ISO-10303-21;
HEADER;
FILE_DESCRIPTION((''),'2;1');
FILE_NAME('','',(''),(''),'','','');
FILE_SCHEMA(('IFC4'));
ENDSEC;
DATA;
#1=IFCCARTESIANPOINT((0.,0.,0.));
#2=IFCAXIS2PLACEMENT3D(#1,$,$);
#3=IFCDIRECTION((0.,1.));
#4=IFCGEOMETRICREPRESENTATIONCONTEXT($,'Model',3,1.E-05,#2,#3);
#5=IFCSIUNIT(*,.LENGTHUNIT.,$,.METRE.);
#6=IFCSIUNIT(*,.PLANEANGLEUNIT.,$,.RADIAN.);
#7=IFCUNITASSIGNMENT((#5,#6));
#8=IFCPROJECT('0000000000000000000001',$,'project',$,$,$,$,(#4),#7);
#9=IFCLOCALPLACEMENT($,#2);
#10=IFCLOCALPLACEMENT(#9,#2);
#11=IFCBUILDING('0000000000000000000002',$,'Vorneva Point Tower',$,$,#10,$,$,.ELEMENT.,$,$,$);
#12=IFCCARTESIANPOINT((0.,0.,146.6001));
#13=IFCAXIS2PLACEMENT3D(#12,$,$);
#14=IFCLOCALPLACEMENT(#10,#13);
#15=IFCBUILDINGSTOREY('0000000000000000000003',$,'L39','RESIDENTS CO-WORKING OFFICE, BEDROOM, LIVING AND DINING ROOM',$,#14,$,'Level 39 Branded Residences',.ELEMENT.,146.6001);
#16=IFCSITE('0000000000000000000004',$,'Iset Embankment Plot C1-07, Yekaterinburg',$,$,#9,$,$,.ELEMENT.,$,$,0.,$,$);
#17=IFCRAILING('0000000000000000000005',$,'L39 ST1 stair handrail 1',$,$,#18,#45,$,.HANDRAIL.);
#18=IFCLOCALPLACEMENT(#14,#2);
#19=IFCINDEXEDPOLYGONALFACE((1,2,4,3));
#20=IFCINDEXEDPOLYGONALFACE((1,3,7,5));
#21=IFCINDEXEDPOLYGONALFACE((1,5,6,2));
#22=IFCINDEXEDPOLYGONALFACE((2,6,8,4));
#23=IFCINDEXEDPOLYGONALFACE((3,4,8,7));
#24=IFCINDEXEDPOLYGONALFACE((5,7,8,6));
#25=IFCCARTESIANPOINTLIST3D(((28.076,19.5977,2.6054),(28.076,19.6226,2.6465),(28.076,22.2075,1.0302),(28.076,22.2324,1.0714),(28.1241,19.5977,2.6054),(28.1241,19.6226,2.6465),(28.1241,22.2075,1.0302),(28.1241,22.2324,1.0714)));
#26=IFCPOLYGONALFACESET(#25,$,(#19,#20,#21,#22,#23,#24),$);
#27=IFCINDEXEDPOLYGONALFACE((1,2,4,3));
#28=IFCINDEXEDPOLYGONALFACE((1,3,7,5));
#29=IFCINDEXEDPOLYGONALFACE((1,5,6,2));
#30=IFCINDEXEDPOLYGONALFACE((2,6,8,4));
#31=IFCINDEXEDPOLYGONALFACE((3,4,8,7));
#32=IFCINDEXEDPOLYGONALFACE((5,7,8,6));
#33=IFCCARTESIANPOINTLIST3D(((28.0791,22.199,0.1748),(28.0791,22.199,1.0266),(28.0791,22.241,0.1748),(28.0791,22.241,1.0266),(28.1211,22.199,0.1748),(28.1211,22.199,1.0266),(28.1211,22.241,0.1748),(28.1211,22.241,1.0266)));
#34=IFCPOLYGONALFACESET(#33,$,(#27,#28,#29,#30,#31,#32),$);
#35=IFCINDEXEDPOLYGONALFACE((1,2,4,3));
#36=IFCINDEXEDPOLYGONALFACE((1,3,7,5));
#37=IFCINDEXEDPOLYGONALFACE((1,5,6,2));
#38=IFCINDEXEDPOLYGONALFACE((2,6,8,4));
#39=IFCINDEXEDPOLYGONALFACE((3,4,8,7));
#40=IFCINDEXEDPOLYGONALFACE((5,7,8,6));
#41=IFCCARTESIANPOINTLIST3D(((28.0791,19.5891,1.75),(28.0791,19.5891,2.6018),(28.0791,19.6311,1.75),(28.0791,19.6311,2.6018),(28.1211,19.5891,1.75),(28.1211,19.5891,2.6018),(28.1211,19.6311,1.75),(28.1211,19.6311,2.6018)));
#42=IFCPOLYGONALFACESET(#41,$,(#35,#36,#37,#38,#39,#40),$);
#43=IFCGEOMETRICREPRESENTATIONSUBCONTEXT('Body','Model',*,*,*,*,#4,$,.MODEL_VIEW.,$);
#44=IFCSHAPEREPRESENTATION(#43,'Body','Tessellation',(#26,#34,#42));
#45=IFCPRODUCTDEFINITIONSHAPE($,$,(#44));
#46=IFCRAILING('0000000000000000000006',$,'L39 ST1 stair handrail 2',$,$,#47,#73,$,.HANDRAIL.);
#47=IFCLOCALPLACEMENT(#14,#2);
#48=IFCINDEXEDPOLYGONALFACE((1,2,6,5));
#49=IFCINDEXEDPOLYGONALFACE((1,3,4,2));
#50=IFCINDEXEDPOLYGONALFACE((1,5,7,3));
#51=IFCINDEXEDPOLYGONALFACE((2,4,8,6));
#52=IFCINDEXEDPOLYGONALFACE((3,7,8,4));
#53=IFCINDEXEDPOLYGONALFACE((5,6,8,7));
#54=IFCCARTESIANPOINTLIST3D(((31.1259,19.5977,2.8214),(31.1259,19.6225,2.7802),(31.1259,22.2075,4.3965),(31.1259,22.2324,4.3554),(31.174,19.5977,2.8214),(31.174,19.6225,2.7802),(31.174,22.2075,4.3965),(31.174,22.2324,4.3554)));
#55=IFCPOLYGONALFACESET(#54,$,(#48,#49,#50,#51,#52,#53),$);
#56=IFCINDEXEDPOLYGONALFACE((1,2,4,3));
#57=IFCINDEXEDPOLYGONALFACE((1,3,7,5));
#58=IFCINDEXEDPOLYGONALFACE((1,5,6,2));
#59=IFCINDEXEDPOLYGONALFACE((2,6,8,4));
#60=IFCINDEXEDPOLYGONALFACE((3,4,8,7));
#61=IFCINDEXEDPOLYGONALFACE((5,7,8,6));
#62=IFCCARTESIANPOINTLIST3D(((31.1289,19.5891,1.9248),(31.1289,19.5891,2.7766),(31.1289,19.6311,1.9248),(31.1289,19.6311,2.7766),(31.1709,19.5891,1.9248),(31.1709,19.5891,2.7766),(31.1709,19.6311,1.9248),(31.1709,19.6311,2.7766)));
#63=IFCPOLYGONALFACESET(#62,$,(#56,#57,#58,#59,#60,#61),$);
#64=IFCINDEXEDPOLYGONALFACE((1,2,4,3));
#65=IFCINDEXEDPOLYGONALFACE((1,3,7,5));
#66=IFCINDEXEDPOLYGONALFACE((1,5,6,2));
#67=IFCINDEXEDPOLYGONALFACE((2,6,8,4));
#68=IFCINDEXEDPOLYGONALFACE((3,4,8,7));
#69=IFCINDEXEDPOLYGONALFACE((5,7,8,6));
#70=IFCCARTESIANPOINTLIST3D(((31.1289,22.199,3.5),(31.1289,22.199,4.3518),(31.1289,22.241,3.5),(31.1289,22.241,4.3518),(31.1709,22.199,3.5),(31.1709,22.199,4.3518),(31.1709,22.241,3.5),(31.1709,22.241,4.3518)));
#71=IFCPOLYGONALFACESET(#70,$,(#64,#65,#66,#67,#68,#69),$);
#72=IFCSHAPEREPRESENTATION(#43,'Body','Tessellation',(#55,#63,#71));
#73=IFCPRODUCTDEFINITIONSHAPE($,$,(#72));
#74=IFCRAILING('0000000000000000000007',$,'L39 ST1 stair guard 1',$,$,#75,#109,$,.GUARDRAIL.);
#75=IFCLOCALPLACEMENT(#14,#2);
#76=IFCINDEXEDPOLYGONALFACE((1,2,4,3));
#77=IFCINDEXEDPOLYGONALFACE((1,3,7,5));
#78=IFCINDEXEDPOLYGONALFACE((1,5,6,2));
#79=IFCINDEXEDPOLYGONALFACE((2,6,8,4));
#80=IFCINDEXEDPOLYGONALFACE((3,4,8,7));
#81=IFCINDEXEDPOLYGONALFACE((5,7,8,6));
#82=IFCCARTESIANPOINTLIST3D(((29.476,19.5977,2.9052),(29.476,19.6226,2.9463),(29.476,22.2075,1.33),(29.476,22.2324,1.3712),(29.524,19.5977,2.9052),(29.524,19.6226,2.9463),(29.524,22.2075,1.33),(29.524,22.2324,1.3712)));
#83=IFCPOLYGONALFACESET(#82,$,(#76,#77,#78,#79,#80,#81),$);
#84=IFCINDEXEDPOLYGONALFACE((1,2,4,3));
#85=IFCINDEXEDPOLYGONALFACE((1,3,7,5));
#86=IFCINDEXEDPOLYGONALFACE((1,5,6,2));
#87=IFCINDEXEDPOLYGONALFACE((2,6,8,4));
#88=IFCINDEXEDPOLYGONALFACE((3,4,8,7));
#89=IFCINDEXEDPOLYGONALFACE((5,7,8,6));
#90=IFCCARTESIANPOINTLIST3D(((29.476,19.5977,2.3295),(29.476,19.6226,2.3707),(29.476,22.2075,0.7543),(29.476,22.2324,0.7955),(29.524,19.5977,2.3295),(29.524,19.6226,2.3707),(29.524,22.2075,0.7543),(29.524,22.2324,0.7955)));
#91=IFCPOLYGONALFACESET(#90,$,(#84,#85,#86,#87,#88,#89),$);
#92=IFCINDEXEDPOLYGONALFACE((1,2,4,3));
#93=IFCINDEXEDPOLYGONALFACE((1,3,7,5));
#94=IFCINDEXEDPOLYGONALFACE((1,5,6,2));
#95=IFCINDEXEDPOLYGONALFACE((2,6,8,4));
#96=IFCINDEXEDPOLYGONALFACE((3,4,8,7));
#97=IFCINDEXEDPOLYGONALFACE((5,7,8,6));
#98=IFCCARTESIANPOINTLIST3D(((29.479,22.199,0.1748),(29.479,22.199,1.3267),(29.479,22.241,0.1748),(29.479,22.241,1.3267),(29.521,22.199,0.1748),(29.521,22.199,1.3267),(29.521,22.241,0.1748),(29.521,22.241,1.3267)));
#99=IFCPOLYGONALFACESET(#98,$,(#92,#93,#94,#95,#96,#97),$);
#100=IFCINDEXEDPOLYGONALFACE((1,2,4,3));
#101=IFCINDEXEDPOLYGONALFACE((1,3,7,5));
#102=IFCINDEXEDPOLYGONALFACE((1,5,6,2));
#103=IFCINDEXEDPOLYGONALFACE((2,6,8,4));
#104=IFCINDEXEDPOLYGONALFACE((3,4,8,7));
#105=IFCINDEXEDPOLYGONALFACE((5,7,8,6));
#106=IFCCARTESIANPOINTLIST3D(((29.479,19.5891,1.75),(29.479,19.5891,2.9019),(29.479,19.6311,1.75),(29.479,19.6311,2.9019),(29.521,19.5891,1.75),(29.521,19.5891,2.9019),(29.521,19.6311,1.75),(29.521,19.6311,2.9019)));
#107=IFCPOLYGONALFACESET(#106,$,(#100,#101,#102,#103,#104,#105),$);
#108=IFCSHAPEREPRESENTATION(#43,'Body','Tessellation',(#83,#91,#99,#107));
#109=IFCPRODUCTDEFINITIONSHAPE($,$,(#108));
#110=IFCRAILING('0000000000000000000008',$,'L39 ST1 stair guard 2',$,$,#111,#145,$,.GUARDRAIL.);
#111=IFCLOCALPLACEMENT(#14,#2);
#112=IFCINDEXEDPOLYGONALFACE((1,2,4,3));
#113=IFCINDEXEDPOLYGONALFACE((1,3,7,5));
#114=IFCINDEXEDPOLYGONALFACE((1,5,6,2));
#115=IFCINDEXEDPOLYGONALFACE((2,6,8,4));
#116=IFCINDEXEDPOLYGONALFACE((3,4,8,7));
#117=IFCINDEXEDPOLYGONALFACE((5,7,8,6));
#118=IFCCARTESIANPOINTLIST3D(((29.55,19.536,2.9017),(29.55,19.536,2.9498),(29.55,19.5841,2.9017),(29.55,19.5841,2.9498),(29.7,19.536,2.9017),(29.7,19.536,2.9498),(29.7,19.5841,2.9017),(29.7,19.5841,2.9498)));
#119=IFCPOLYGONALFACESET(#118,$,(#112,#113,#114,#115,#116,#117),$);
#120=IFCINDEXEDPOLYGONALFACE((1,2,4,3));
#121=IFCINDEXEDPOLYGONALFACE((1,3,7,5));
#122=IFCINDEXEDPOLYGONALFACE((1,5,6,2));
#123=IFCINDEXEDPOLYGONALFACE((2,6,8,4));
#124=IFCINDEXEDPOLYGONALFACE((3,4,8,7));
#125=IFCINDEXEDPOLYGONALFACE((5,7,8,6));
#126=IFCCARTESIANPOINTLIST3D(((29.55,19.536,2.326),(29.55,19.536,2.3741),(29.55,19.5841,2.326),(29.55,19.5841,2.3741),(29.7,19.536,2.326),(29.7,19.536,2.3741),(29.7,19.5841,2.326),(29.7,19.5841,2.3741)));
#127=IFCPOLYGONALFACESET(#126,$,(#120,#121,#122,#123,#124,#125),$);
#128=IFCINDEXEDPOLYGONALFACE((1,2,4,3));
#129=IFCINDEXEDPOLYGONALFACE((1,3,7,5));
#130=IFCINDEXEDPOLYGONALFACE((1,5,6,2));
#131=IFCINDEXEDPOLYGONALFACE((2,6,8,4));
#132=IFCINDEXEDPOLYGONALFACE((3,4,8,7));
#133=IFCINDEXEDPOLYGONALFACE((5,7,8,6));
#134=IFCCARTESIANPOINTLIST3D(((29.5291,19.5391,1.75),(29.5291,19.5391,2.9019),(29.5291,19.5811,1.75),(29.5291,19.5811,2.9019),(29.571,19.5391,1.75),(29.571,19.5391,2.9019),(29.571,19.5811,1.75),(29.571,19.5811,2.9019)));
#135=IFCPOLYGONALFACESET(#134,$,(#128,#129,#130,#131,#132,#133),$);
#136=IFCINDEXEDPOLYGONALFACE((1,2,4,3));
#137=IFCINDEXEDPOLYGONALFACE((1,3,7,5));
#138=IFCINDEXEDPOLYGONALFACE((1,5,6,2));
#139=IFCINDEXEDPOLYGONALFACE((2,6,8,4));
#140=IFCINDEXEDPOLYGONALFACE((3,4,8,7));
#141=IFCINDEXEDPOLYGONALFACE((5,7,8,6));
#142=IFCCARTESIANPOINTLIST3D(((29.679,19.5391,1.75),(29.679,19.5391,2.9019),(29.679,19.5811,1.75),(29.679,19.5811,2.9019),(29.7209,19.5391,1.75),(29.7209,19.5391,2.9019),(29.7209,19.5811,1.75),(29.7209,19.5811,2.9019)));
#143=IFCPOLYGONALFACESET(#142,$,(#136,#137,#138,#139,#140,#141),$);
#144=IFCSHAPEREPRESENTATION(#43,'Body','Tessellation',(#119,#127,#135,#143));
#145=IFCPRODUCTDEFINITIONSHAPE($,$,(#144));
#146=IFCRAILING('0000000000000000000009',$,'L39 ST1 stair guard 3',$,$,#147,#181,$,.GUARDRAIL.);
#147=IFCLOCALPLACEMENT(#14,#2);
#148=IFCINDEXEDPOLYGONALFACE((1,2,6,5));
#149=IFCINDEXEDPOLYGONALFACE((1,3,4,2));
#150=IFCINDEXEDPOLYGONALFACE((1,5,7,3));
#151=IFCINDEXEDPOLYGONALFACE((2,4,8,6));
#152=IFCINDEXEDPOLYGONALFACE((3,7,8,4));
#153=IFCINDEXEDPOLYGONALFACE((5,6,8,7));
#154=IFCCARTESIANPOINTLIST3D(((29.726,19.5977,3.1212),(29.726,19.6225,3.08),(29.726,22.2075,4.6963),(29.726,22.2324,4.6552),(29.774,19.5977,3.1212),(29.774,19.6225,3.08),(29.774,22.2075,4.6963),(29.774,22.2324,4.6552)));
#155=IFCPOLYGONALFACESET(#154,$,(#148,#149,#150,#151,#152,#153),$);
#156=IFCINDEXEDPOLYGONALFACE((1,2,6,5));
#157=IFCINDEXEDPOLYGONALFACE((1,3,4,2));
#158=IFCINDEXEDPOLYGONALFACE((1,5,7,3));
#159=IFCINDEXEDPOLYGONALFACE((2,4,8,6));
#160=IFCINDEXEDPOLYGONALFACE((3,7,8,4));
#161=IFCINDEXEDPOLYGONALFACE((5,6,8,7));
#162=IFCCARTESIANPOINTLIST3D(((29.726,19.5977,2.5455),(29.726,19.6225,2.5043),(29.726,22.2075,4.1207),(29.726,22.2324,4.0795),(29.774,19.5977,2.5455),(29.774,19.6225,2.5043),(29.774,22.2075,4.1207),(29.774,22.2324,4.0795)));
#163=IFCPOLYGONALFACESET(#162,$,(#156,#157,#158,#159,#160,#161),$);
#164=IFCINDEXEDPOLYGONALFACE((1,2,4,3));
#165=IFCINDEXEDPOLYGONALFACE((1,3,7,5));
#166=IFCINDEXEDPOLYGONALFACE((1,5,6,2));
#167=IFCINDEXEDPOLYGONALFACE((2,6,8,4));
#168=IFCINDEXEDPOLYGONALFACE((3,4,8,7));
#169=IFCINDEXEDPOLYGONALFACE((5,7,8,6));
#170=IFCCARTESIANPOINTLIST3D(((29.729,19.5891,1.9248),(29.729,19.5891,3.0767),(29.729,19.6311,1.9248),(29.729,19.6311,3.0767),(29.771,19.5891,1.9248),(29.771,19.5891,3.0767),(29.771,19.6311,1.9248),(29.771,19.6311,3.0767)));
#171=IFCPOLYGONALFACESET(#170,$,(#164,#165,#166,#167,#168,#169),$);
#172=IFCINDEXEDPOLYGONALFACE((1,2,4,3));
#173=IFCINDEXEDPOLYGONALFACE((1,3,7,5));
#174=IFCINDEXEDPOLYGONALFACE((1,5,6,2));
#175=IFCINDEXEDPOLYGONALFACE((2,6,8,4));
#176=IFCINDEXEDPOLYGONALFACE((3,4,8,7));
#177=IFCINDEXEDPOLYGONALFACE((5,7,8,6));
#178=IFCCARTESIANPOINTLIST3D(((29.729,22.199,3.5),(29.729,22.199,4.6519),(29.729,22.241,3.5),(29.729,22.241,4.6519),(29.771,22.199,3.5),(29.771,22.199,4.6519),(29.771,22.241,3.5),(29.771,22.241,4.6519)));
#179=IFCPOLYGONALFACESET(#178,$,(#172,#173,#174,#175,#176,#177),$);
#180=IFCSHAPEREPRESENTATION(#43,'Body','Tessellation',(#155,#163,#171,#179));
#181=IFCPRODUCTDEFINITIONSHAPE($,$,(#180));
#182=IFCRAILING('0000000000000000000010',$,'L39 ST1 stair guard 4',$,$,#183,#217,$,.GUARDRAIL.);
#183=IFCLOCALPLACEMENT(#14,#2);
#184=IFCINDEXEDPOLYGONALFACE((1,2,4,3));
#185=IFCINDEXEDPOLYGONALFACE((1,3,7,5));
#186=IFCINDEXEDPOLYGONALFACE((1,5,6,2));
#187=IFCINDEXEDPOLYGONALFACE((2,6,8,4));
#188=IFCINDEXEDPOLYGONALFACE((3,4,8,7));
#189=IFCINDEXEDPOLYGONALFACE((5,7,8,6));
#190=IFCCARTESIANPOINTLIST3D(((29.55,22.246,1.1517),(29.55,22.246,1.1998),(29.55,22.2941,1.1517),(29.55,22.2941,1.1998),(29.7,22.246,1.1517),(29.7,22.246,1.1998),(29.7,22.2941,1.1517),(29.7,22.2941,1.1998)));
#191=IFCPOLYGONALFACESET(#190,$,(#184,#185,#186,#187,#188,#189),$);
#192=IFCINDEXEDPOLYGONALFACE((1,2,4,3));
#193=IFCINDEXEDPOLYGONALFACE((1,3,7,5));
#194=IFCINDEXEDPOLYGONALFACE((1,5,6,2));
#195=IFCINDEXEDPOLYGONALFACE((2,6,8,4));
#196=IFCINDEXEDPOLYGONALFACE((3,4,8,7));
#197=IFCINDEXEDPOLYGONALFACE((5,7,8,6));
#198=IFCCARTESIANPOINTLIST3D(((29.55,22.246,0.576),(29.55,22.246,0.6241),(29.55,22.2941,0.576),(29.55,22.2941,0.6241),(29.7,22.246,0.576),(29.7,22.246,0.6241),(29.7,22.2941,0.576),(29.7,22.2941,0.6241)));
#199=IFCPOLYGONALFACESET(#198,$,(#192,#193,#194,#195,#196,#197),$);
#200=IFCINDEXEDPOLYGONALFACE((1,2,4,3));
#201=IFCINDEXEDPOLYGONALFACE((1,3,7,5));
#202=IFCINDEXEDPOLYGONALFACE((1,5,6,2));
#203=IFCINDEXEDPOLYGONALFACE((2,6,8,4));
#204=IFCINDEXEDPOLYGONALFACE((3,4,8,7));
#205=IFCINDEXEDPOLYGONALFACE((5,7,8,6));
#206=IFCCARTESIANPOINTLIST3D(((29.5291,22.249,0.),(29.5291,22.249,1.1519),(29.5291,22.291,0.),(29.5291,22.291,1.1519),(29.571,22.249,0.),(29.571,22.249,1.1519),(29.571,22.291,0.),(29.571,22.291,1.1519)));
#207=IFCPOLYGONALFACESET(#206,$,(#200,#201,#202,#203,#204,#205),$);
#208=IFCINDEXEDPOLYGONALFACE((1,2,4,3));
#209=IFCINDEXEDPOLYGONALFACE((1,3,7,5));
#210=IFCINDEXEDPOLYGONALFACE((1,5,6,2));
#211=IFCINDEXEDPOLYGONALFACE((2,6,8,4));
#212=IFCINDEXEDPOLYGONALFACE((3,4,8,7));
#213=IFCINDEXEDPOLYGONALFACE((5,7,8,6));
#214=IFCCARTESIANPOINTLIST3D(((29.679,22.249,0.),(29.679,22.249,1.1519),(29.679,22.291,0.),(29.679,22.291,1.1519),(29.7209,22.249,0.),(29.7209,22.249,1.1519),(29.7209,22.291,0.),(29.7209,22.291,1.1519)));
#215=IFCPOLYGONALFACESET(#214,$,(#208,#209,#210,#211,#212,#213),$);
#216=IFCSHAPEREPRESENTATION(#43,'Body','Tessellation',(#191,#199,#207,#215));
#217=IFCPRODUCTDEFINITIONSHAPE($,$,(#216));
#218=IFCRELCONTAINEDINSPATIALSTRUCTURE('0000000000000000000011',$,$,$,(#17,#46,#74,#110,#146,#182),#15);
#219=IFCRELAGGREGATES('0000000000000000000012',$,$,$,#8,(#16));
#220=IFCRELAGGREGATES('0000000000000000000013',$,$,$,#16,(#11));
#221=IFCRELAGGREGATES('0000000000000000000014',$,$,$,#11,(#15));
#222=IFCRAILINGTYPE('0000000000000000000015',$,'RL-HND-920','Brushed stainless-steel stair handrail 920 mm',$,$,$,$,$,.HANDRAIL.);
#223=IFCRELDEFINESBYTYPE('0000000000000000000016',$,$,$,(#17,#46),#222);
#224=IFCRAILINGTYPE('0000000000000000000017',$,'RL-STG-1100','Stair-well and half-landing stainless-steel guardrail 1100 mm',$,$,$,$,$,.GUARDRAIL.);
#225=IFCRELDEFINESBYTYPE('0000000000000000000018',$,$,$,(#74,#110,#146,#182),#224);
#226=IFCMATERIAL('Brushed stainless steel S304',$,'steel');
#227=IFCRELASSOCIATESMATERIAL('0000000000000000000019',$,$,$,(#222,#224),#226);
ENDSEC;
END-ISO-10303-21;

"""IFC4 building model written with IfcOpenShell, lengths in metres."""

from ifc_helpers import new_model, si_unit, direction, frame, origin, origin_2d, place, context, subcontext, project, spatial, rectangle, extrude, material, type_object, element, save


model = new_model("IFC4")

# Units and contexts
model_context = context("Model", 3, precision=1e-05, world=origin(), true_north=direction((0.0, 1.0)))
body_context = subcontext(model_context, "Body", "Model", "MODEL_VIEW")
ifc_project = project(units=[si_unit("LENGTHUNIT", "METRE"), si_unit("PLANEANGLEUNIT", "RADIAN")], contexts=[model_context])

# Site, building, storey
site_placement = place(None, origin())
site = spatial("IfcSite", under=ifc_project, at=site_placement, Name="Iset Embankment Plot C1-07, Yekaterinburg", CompositionType="ELEMENT", RefElevation=0.0)
building_placement = place(site_placement, origin())
building = spatial("IfcBuilding", under=site, at=building_placement, Name="Vorneva Point Tower", CompositionType="ELEMENT")
storey_placement = place(building_placement, frame((0.0, 0.0, 146.6001)))
storey = spatial("IfcBuildingStorey", under=building, at=storey_placement, Name="L39", Description="RESIDENTS CO-WORKING OFFICE, BEDROOM, LIVING AND DINING ROOM", LongName="Level 39 Branded Residences", CompositionType="ELEMENT", Elevation=146.6001)

# Shared definitions
ifc_material_1 = material(Name="Brushed stainless steel S304", Category="steel")

# Railings
railing_type_1 = type_object("IfcRailingType", Name="RL-HND-920", Description="Brushed stainless-steel stair handrail 920 mm", PredefinedType="HANDRAIL", material=ifc_material_1)
railing_1_placement = place(storey_placement, frame((28.1001, 22.22, 0.1748)))
element("IfcRailing", 1, at=railing_1_placement, inside=storey, type_object=railing_type_1, Name="L39 ST1 stair handrail 1", PredefinedType="HANDRAIL", context=body_context, shape_type="SweptSolid", body=[
    extrude(rectangle(XDim=0.0481, YDim=0.0481, at=origin_2d()), frame((0.0, 0.0, 0.876), z_axis=(0.0, -0.856147, 0.516732), x_axis=(1.0, 0.0, 0.0)), (0.0, 0.0, 1.0), 3.0483),
    extrude(rectangle(XDim=0.042, YDim=0.042, at=origin_2d()), origin(), (0.0, 0.0, 1.0), 0.8518),
    extrude(rectangle(XDim=0.042, YDim=0.042, at=origin_2d()), frame((0.0, -2.6099, 1.5752)), (0.0, 0.0, 1.0), 0.8518),
])
railing_2_placement = place(storey_placement, frame((31.1499, 19.6101, 1.9248)))
element("IfcRailing", 2, at=railing_2_placement, inside=storey, type_object=railing_type_1, Name="L39 ST1 stair handrail 2", PredefinedType="HANDRAIL", context=body_context, shape_type="SweptSolid", body=[
    extrude(rectangle(XDim=0.0481, YDim=0.0481, at=origin_2d()), frame((0.0, 0.0, 0.876), z_axis=(0.0, 0.856147, 0.516732), x_axis=(-1.0, 0.0, 0.0)), (0.0, 0.0, 1.0), 3.0483),
    extrude(rectangle(XDim=0.042, YDim=0.042, at=origin_2d()), origin(), (0.0, 0.0, 1.0), 0.8518),
    extrude(rectangle(XDim=0.042, YDim=0.042, at=origin_2d()), frame((0.0, 2.6099, 1.5752)), (0.0, 0.0, 1.0), 0.8518),
])
railing_type_2 = type_object("IfcRailingType", Name="RL-STG-1100", Description="Stair-well and half-landing stainless-steel guardrail 1100 mm", PredefinedType="GUARDRAIL", material=ifc_material_1)
railing_3_placement = place(storey_placement, frame((29.5, 22.22, 0.1748)))
element("IfcRailing", 3, at=railing_3_placement, inside=storey, type_object=railing_type_2, Name="L39 ST1 stair guard 1", PredefinedType="GUARDRAIL", context=body_context, shape_type="SweptSolid", body=[
    extrude(rectangle(XDim=0.0481, YDim=0.0481, at=origin_2d()), frame((0.0, 0.0, 1.1758), z_axis=(0.0, -0.856147, 0.516732), x_axis=(1.0, 0.0, 0.0)), (0.0, 0.0, 1.0), 3.0483),
    extrude(rectangle(XDim=0.0481, YDim=0.0481, at=origin_2d()), frame((0.0, 0.0, 0.6001), z_axis=(0.0, -0.856147, 0.516732), x_axis=(1.0, 0.0, 0.0)), (0.0, 0.0, 1.0), 3.0483),
    extrude(rectangle(XDim=0.042, YDim=0.042, at=origin_2d()), origin(), (0.0, 0.0, 1.0), 1.1519),
    extrude(rectangle(XDim=0.042, YDim=0.042, at=origin_2d()), frame((0.0, -2.6099, 1.5752)), (0.0, 0.0, 1.0), 1.1519),
])
railing_4_placement = place(storey_placement, frame((29.55, 19.5601, 1.75)))
element("IfcRailing", 4, at=railing_4_placement, inside=storey, type_object=railing_type_2, Name="L39 ST1 stair guard 2", PredefinedType="GUARDRAIL", context=body_context, shape_type="SweptSolid", body=[
    extrude(rectangle(XDim=0.0481, YDim=0.0481, at=origin_2d()), frame((0.0, 0.0, 1.1758), z_axis=(1.0, 0.0, 0.0), x_axis=(0.0, 1.0, 0.0)), (0.0, 0.0, 1.0), 0.1499),
    extrude(rectangle(XDim=0.0481, YDim=0.0481, at=origin_2d()), frame((0.0, 0.0, 0.6001), z_axis=(1.0, 0.0, 0.0), x_axis=(0.0, 1.0, 0.0)), (0.0, 0.0, 1.0), 0.1499),
    extrude(rectangle(XDim=0.042, YDim=0.042, at=origin_2d()), origin(), (0.0, 0.0, 1.0), 1.1519),
    extrude(rectangle(XDim=0.042, YDim=0.042, at=origin_2d()), frame((0.1499, 0.0, 0.0)), (0.0, 0.0, 1.0), 1.1519),
])
railing_5_placement = place(storey_placement, frame((29.75, 19.6101, 1.9248)))
element("IfcRailing", 5, at=railing_5_placement, inside=storey, type_object=railing_type_2, Name="L39 ST1 stair guard 3", PredefinedType="GUARDRAIL", context=body_context, shape_type="SweptSolid", body=[
    extrude(rectangle(XDim=0.0481, YDim=0.0481, at=origin_2d()), frame((0.0, 0.0, 1.1758), z_axis=(0.0, 0.856147, 0.516732), x_axis=(-1.0, 0.0, 0.0)), (0.0, 0.0, 1.0), 3.0483),
    extrude(rectangle(XDim=0.0481, YDim=0.0481, at=origin_2d()), frame((0.0, 0.0, 0.6001), z_axis=(0.0, 0.856147, 0.516732), x_axis=(-1.0, 0.0, 0.0)), (0.0, 0.0, 1.0), 3.0483),
    extrude(rectangle(XDim=0.042, YDim=0.042, at=origin_2d()), origin(), (0.0, 0.0, 1.0), 1.1519),
    extrude(rectangle(XDim=0.042, YDim=0.042, at=origin_2d()), frame((0.0, 2.6099, 1.5752)), (0.0, 0.0, 1.0), 1.1519),
])
railing_6_placement = place(storey_placement, frame((29.55, 22.27, 0.0)))
element("IfcRailing", 6, at=railing_6_placement, inside=storey, type_object=railing_type_2, Name="L39 ST1 stair guard 4", PredefinedType="GUARDRAIL", context=body_context, shape_type="SweptSolid", body=[
    extrude(rectangle(XDim=0.0481, YDim=0.0481, at=origin_2d()), frame((0.0, 0.0, 1.1758), z_axis=(1.0, 0.0, 0.0), x_axis=(0.0, 1.0, 0.0)), (0.0, 0.0, 1.0), 0.1499),
    extrude(rectangle(XDim=0.0481, YDim=0.0481, at=origin_2d()), frame((0.0, 0.0, 0.6001), z_axis=(1.0, 0.0, 0.0), x_axis=(0.0, 1.0, 0.0)), (0.0, 0.0, 1.0), 0.1499),
    extrude(rectangle(XDim=0.042, YDim=0.042, at=origin_2d()), origin(), (0.0, 0.0, 1.0), 1.1519),
    extrude(rectangle(XDim=0.042, YDim=0.042, at=origin_2d()), frame((0.1499, 0.0, 0.0)), (0.0, 0.0, 1.0), 1.1519),
])

save(model, "model.ifc")
